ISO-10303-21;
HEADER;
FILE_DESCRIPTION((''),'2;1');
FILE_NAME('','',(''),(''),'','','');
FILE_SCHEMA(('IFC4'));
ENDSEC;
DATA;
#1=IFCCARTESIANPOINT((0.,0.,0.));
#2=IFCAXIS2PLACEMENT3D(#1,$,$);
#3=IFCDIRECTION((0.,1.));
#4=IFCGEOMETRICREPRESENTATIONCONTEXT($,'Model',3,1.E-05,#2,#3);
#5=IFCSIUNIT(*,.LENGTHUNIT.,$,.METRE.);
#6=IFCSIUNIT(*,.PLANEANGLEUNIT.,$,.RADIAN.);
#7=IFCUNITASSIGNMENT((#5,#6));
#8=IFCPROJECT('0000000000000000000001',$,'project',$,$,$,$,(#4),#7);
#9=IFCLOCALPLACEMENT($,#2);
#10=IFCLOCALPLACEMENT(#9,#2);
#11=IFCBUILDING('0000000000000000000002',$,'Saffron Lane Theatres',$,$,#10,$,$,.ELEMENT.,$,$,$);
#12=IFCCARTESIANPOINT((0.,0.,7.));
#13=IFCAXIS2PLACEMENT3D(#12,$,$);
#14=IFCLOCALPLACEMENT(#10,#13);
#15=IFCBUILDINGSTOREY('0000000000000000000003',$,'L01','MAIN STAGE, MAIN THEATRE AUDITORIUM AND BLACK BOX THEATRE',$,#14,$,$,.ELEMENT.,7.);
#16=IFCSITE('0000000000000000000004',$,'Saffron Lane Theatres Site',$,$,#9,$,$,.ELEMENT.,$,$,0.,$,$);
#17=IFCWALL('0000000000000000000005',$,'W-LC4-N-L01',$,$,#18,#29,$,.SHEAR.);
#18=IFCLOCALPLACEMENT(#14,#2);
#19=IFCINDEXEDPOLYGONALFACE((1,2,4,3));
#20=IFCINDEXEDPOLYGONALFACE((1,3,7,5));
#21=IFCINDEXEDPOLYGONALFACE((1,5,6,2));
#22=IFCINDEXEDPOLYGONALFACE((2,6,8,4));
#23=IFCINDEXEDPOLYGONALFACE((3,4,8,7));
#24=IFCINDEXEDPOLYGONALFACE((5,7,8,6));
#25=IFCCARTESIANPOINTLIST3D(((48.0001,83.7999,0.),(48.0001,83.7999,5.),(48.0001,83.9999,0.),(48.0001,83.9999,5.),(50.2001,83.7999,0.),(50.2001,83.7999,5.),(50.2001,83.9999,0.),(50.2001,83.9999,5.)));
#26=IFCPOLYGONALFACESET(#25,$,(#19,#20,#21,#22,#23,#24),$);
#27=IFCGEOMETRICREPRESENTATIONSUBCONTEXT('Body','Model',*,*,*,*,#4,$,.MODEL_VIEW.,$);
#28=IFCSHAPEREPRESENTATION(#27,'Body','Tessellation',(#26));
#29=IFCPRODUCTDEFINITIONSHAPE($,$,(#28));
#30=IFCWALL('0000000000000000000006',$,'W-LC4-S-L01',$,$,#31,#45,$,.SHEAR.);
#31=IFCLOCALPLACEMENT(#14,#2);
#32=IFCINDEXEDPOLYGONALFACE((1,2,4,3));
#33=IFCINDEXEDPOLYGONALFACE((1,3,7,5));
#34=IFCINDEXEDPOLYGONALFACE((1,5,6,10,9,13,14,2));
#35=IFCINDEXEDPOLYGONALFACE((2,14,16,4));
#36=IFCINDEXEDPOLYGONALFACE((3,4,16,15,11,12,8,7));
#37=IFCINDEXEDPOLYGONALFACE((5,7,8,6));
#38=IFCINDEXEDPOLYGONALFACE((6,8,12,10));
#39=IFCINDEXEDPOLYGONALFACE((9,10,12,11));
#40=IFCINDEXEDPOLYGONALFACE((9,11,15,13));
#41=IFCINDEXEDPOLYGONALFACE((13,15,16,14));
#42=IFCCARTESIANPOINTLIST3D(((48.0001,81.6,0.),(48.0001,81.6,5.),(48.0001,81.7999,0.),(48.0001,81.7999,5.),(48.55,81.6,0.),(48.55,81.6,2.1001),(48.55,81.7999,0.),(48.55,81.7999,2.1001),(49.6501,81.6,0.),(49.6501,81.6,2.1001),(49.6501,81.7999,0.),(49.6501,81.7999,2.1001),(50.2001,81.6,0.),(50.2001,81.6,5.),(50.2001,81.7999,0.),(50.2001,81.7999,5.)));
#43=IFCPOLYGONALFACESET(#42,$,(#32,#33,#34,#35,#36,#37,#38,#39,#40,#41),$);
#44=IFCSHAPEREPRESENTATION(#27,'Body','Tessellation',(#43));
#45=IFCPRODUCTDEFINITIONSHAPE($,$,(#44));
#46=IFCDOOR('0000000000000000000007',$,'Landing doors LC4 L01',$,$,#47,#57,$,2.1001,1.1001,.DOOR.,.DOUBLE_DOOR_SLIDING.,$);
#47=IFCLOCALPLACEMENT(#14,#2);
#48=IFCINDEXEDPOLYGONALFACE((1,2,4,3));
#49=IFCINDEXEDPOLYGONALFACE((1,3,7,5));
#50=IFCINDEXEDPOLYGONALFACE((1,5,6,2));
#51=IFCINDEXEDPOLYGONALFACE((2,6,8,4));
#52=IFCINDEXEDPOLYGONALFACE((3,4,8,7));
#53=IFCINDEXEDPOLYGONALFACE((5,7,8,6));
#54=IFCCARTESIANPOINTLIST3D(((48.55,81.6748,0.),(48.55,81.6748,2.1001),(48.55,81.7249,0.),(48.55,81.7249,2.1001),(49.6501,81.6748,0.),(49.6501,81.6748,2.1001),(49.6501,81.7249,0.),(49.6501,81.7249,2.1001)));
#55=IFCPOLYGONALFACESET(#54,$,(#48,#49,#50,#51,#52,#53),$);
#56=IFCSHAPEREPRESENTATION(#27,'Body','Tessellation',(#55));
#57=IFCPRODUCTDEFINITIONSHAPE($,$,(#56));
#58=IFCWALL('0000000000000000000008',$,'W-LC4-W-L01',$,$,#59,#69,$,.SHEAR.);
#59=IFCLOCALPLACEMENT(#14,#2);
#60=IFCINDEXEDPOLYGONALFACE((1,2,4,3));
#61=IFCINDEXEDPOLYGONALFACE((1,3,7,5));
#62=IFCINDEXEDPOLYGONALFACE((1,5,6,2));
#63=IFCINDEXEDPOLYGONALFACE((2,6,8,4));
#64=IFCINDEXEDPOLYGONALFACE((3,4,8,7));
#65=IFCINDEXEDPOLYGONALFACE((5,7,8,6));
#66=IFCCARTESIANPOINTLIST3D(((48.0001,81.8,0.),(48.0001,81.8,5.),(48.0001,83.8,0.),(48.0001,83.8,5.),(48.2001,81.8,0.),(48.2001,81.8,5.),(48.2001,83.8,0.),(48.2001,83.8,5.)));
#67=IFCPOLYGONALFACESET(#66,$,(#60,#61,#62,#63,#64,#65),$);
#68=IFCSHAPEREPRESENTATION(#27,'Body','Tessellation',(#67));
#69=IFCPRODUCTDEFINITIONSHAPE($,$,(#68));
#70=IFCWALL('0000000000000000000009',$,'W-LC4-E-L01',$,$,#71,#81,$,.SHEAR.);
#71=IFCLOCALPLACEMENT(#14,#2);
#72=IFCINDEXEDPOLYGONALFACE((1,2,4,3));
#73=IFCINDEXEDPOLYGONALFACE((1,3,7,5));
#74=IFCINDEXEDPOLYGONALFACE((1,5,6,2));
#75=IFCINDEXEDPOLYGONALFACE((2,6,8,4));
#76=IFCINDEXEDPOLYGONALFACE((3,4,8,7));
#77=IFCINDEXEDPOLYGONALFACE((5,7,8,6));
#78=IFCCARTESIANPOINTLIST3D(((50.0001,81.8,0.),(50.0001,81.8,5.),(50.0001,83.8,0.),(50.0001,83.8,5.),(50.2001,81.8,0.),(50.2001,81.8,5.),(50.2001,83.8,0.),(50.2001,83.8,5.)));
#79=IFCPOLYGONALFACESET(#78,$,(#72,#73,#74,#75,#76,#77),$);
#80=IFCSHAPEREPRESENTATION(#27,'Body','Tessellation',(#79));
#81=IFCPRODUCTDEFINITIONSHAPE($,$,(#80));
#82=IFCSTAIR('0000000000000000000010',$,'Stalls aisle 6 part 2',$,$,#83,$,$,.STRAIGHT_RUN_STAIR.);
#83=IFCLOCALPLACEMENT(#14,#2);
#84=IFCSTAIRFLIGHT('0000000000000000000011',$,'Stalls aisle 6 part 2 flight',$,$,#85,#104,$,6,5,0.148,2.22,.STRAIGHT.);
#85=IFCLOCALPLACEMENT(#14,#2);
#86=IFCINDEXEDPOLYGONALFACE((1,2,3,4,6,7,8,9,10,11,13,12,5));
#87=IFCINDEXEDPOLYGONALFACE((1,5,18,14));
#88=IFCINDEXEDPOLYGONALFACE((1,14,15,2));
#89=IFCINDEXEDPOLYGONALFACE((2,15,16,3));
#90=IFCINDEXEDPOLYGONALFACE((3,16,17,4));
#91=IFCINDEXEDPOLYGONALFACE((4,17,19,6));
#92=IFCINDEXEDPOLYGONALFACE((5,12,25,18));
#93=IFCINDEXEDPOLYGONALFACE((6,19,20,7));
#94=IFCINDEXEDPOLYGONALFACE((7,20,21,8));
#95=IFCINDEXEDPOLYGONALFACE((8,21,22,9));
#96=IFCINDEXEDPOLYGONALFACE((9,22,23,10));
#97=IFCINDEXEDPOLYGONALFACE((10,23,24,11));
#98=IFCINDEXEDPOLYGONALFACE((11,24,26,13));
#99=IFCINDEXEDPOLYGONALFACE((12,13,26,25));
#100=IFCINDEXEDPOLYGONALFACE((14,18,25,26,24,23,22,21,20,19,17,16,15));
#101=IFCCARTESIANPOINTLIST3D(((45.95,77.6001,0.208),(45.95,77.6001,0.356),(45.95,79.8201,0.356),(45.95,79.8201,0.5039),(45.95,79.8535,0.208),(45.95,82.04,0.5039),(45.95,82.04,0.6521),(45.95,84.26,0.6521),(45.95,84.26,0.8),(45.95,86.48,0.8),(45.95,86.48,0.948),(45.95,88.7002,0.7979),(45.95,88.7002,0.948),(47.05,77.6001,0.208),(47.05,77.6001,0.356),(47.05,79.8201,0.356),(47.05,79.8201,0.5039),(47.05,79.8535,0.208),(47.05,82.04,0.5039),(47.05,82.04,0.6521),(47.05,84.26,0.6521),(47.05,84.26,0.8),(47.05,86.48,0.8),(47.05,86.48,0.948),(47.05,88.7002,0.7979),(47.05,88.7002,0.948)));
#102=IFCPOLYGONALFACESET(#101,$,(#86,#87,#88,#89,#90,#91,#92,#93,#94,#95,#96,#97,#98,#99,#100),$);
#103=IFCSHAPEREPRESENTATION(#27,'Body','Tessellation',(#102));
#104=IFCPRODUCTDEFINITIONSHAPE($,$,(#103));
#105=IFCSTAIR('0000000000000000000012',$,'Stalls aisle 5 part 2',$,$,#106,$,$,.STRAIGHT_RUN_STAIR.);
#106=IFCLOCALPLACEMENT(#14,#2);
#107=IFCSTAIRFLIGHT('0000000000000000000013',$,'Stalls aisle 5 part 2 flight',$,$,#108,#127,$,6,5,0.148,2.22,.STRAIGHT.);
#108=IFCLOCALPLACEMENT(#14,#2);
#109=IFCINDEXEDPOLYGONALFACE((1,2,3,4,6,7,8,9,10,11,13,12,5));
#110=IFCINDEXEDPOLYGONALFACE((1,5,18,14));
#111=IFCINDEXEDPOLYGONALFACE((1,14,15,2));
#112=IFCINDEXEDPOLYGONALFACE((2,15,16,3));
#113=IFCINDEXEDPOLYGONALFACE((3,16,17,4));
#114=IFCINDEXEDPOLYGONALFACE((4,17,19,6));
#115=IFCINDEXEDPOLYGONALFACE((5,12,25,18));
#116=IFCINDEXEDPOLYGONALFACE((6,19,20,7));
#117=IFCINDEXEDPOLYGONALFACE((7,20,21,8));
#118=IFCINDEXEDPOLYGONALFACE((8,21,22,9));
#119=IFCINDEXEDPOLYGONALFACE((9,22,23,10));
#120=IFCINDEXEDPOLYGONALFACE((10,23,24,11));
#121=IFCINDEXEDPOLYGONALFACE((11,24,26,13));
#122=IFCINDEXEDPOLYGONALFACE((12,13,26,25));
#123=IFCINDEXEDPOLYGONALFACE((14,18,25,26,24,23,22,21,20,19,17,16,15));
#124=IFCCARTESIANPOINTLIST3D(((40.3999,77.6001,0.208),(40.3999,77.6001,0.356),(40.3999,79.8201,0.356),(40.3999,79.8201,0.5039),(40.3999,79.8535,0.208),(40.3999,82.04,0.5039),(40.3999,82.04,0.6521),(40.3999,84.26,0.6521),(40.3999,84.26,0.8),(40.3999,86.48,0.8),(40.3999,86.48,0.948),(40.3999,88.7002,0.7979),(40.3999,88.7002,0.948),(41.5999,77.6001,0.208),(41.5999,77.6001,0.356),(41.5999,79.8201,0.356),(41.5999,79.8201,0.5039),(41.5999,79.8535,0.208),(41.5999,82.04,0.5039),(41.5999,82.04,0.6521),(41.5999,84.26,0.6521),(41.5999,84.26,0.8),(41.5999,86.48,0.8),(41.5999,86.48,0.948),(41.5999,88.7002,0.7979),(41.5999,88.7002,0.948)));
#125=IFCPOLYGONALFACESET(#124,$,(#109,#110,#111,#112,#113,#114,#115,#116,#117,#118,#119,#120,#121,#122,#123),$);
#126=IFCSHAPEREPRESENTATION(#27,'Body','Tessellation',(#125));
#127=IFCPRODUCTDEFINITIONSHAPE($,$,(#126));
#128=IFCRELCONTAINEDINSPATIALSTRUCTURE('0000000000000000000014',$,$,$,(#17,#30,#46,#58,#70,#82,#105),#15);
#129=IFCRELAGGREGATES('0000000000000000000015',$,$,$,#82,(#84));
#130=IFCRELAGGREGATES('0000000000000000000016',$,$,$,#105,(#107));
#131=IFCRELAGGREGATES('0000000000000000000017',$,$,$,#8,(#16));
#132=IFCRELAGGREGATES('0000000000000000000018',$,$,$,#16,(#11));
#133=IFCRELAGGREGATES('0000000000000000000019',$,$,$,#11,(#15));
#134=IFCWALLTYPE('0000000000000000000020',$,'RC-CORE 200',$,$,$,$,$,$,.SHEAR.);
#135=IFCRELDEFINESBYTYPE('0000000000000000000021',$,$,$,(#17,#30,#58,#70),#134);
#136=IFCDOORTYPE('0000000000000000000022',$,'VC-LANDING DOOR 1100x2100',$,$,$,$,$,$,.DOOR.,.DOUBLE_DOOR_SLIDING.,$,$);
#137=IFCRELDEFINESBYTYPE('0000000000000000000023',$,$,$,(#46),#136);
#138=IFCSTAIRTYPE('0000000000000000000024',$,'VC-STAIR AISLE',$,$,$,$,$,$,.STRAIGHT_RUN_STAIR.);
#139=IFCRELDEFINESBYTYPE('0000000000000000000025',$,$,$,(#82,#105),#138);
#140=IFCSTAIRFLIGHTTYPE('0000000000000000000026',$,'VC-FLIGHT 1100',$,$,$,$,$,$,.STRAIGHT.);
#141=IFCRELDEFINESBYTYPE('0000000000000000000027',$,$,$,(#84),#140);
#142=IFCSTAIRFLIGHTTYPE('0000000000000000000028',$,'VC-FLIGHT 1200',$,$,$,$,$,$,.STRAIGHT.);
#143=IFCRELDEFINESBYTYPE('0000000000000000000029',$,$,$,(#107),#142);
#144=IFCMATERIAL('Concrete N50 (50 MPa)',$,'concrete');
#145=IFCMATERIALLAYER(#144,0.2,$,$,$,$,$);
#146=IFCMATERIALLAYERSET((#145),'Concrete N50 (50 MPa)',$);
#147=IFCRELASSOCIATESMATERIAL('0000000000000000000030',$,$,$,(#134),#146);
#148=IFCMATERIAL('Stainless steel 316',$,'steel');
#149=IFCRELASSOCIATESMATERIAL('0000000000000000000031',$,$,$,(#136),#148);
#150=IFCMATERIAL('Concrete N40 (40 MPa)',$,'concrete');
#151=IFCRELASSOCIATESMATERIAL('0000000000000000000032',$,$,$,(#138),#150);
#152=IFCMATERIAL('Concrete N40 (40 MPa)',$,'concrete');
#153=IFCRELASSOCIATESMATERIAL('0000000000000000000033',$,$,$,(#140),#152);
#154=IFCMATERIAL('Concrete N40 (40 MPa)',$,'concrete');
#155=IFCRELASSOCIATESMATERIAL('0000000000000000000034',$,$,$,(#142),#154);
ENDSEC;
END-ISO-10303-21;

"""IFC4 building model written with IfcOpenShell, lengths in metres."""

from ifc_helpers import new_model, si_unit, direction, frame, frame_2d, origin, place, context, subcontext, project, spatial, polyline, rectangle, outline, extrude, material, layer, layer_set, type_object, element, fill, aggregate, save


model = new_model("IFC4")

# Units and contexts
model_context = context("Model", 3, precision=1e-05, world=origin(), true_north=direction((0.0, 1.0)))
body_context = subcontext(model_context, "Body", "Model", "MODEL_VIEW")
ifc_project = project(units=[si_unit("LENGTHUNIT", "METRE"), si_unit("PLANEANGLEUNIT", "RADIAN")], contexts=[model_context])

# Site, building, storey
site_placement = place(None, origin())
site = spatial("IfcSite", under=ifc_project, at=site_placement, Name="Saffron Lane Theatres Site", CompositionType="ELEMENT", RefElevation=0.0)
building_placement = place(site_placement, origin())
building = spatial("IfcBuilding", under=site, at=building_placement, Name="Saffron Lane Theatres", CompositionType="ELEMENT")
storey_placement = place(building_placement, frame((0.0, 0.0, 7.0)))
storey = spatial("IfcBuildingStorey", under=building, at=storey_placement, Name="L01", Description="MAIN STAGE, MAIN THEATRE AUDITORIUM AND BLACK BOX THEATRE", CompositionType="ELEMENT", Elevation=7.0)

# Wall
ifc_material_1 = material(Name="Concrete N50 (50 MPa)", Category="concrete")
ifc_layer_1 = layer(ifc_material_1, 0.2)
ifc_layer_set_1 = layer_set([ifc_layer_1], Name="Concrete N50 (50 MPa)")
wall_type_1 = type_object("IfcWallType", Name="RC-CORE 200", PredefinedType="SHEAR", material=ifc_layer_set_1)
wall_1_placement = place(storey_placement, frame((48.0, 83.8999, 0.0), z_axis=(0.0, 0.0, 1.0), x_axis=(1.0, 0.0, 0.0)))
element("IfcWall", 1, at=wall_1_placement, inside=storey, type_object=wall_type_1, Name="W-LC4-N-L01", PredefinedType="SHEAR", context=body_context, shape_type="SweptSolid", body=[
    extrude(rectangle(XDim=2.2, YDim=0.2, at=frame_2d((1.1001, 0.0))), origin(), (0.0, 0.0, 1.0), 5.0),
])

# Wall, opening, door
wall_2_placement = place(storey_placement, frame((48.0, 81.7, 0.0), z_axis=(0.0, 0.0, 1.0), x_axis=(1.0, 0.0, 0.0)))
wall_2 = element("IfcWall", 2, at=wall_2_placement, inside=storey, type_object=wall_type_1, Name="W-LC4-S-L01", PredefinedType="SHEAR", context=body_context, shape_type="SweptSolid", body=[
    extrude(rectangle(XDim=2.2, YDim=0.2, at=frame_2d((1.1001, 0.0))), origin(), (0.0, 0.0, 1.0), 5.0),
])
opening_1_placement = place(wall_2_placement, frame((0.55, 0.0, 0.0)))
opening_1 = element("IfcOpeningElement", 3, at=opening_1_placement, cuts=wall_2, PredefinedType="OPENING", context=body_context, shape_type="SweptSolid", body=[
    extrude(rectangle(XDim=1.1001, YDim=2.1001, at=frame_2d((0.55, 1.05))), frame((0.0, 0.1099, 0.0), z_axis=(0.0, -1.0, 0.0), x_axis=(1.0, 0.0, 0.0)), (0.0, 0.0, 1.0), 0.22),
])
ifc_material_2 = material(Name="Stainless steel 316", Category="steel")
door_type_1 = type_object("IfcDoorType", Name="VC-LANDING DOOR 1100x2100", OperationType="DOUBLE_DOOR_SLIDING", PredefinedType="DOOR", material=ifc_material_2)
door_1_placement = place(opening_1_placement, origin())
door_1 = element("IfcDoor", 4, at=door_1_placement, inside=storey, type_object=door_type_1, Name="Landing doors LC4 L01", OperationType="DOUBLE_DOOR_SLIDING", OverallHeight=2.1001, OverallWidth=1.1001, PredefinedType="DOOR", context=body_context, shape_type="SweptSolid", body=[
    extrude(rectangle(XDim=1.1001, YDim=2.1001, at=frame_2d((0.55, 1.05))), frame((0.0, 0.0249, 0.0), z_axis=(0.0, -1.0, 0.0), x_axis=(1.0, 0.0, 0.0)), (0.0, 0.0, 1.0), 0.05),
])
fill(opening_1, door_1)

# Walls
for number, where, z_axis, x_axis, name in (
    (5, (48.1001, 81.8, 0.0), (0.0, 0.0, 1.0), (0.0, 1.0, 0.0), "W-LC4-W-L01"),
    (6, (50.1001, 81.8, 0.0), (0.0, 0.0, 1.0), (0.0, 1.0, 0.0), "W-LC4-E-L01"),
):
    element("IfcWall", number, at=place(storey_placement, frame(where, z_axis=z_axis, x_axis=x_axis)), inside=storey, type_object=wall_type_1, Name=name, PredefinedType="SHEAR", context=body_context, shape_type="SweptSolid", body=[
        extrude(rectangle(XDim=2.0, YDim=0.2, at=frame_2d((1.0, 0.0))), origin(), (0.0, 0.0, 1.0), 5.0),
    ])

# Stairs, stair flights
ifc_material_3 = material(Name="Concrete N40 (40 MPa)", Category="concrete")
stair_type = type_object("IfcStairType", Name="VC-STAIR AISLE", PredefinedType="STRAIGHT_RUN_STAIR", material=ifc_material_3)
stair_1_placement = place(storey_placement, origin())
stair_1 = element("IfcStair", 7, at=stair_1_placement, inside=storey, type_object=stair_type, Name="Stalls aisle 6 part 2", PredefinedType="STRAIGHT_RUN_STAIR")
ifc_material_4 = material(Name="Concrete N40 (40 MPa)", Category="concrete")
stair_flight_type_1 = type_object("IfcStairFlightType", Name="VC-FLIGHT 1100", PredefinedType="STRAIGHT", material=ifc_material_4)
stair_flight_1_placement = place(storey_placement, frame((46.5, 77.6001, 0.208), z_axis=(0.0, 0.0, 1.0), x_axis=(0.0, 1.0, 0.0)))
stair_flight_1 = element("IfcStairFlight", 8, at=stair_flight_1_placement, type_object=stair_flight_type_1, Name="Stalls aisle 6 part 2 flight", NumberOfRisers=6, NumberOfTreads=5, PredefinedType="STRAIGHT", RiserHeight=0.148, TreadLength=2.22, context=body_context, shape_type="SweptSolid", body=[
    extrude(outline(polyline([(0.0, 0.0), (0.0, 0.1479), (2.22, 0.1479), (2.22, 0.2959), (4.4399, 0.2959), (4.4399, 0.4441), (6.6599, 0.4441), (6.6599, 0.592), (8.8799, 0.592), (8.8799, 0.74), (11.1001, 0.74), (11.1001, 0.8879), (11.1001, 0.5898), (2.2534, 0.0), (0.0, 0.0)])), frame((0.0, 0.55, 0.0), z_axis=(0.0, -1.0, 0.0), x_axis=(1.0, 0.0, 0.0)), (0.0, 0.0, 1.0), 1.1001),
])
aggregate(stair_1, [stair_flight_1])
stair_2_placement = place(storey_placement, origin())
stair_2 = element("IfcStair", 9, at=stair_2_placement, inside=storey, type_object=stair_type, Name="Stalls aisle 5 part 2", PredefinedType="STRAIGHT_RUN_STAIR")
ifc_material_5 = material(Name="Concrete N40 (40 MPa)", Category="concrete")
stair_flight_type_2 = type_object("IfcStairFlightType", Name="VC-FLIGHT 1200", PredefinedType="STRAIGHT", material=ifc_material_5)
stair_flight_2_placement = place(storey_placement, frame((41.0, 77.6001, 0.208), z_axis=(0.0, 0.0, 1.0), x_axis=(0.0, 1.0, 0.0)))
stair_flight_2 = element("IfcStairFlight", 10, at=stair_flight_2_placement, type_object=stair_flight_type_2, Name="Stalls aisle 5 part 2 flight", NumberOfRisers=6, NumberOfTreads=5, PredefinedType="STRAIGHT", RiserHeight=0.148, TreadLength=2.22, context=body_context, shape_type="SweptSolid", body=[
    extrude(outline(polyline([(0.0, 0.0), (0.0, 0.1479), (2.22, 0.1479), (2.22, 0.2959), (4.4399, 0.2959), (4.4399, 0.4441), (6.6599, 0.4441), (6.6599, 0.592), (8.8799, 0.592), (8.8799, 0.74), (11.1001, 0.74), (11.1001, 0.8879), (11.1001, 0.5898), (2.2534, 0.0), (0.0, 0.0)])), frame((0.0, 0.6001, 0.0), z_axis=(0.0, -1.0, 0.0), x_axis=(1.0, 0.0, 0.0)), (0.0, 0.0, 1.0), 1.2),
])
aggregate(stair_2, [stair_flight_2])

save(model, "model.ifc")
